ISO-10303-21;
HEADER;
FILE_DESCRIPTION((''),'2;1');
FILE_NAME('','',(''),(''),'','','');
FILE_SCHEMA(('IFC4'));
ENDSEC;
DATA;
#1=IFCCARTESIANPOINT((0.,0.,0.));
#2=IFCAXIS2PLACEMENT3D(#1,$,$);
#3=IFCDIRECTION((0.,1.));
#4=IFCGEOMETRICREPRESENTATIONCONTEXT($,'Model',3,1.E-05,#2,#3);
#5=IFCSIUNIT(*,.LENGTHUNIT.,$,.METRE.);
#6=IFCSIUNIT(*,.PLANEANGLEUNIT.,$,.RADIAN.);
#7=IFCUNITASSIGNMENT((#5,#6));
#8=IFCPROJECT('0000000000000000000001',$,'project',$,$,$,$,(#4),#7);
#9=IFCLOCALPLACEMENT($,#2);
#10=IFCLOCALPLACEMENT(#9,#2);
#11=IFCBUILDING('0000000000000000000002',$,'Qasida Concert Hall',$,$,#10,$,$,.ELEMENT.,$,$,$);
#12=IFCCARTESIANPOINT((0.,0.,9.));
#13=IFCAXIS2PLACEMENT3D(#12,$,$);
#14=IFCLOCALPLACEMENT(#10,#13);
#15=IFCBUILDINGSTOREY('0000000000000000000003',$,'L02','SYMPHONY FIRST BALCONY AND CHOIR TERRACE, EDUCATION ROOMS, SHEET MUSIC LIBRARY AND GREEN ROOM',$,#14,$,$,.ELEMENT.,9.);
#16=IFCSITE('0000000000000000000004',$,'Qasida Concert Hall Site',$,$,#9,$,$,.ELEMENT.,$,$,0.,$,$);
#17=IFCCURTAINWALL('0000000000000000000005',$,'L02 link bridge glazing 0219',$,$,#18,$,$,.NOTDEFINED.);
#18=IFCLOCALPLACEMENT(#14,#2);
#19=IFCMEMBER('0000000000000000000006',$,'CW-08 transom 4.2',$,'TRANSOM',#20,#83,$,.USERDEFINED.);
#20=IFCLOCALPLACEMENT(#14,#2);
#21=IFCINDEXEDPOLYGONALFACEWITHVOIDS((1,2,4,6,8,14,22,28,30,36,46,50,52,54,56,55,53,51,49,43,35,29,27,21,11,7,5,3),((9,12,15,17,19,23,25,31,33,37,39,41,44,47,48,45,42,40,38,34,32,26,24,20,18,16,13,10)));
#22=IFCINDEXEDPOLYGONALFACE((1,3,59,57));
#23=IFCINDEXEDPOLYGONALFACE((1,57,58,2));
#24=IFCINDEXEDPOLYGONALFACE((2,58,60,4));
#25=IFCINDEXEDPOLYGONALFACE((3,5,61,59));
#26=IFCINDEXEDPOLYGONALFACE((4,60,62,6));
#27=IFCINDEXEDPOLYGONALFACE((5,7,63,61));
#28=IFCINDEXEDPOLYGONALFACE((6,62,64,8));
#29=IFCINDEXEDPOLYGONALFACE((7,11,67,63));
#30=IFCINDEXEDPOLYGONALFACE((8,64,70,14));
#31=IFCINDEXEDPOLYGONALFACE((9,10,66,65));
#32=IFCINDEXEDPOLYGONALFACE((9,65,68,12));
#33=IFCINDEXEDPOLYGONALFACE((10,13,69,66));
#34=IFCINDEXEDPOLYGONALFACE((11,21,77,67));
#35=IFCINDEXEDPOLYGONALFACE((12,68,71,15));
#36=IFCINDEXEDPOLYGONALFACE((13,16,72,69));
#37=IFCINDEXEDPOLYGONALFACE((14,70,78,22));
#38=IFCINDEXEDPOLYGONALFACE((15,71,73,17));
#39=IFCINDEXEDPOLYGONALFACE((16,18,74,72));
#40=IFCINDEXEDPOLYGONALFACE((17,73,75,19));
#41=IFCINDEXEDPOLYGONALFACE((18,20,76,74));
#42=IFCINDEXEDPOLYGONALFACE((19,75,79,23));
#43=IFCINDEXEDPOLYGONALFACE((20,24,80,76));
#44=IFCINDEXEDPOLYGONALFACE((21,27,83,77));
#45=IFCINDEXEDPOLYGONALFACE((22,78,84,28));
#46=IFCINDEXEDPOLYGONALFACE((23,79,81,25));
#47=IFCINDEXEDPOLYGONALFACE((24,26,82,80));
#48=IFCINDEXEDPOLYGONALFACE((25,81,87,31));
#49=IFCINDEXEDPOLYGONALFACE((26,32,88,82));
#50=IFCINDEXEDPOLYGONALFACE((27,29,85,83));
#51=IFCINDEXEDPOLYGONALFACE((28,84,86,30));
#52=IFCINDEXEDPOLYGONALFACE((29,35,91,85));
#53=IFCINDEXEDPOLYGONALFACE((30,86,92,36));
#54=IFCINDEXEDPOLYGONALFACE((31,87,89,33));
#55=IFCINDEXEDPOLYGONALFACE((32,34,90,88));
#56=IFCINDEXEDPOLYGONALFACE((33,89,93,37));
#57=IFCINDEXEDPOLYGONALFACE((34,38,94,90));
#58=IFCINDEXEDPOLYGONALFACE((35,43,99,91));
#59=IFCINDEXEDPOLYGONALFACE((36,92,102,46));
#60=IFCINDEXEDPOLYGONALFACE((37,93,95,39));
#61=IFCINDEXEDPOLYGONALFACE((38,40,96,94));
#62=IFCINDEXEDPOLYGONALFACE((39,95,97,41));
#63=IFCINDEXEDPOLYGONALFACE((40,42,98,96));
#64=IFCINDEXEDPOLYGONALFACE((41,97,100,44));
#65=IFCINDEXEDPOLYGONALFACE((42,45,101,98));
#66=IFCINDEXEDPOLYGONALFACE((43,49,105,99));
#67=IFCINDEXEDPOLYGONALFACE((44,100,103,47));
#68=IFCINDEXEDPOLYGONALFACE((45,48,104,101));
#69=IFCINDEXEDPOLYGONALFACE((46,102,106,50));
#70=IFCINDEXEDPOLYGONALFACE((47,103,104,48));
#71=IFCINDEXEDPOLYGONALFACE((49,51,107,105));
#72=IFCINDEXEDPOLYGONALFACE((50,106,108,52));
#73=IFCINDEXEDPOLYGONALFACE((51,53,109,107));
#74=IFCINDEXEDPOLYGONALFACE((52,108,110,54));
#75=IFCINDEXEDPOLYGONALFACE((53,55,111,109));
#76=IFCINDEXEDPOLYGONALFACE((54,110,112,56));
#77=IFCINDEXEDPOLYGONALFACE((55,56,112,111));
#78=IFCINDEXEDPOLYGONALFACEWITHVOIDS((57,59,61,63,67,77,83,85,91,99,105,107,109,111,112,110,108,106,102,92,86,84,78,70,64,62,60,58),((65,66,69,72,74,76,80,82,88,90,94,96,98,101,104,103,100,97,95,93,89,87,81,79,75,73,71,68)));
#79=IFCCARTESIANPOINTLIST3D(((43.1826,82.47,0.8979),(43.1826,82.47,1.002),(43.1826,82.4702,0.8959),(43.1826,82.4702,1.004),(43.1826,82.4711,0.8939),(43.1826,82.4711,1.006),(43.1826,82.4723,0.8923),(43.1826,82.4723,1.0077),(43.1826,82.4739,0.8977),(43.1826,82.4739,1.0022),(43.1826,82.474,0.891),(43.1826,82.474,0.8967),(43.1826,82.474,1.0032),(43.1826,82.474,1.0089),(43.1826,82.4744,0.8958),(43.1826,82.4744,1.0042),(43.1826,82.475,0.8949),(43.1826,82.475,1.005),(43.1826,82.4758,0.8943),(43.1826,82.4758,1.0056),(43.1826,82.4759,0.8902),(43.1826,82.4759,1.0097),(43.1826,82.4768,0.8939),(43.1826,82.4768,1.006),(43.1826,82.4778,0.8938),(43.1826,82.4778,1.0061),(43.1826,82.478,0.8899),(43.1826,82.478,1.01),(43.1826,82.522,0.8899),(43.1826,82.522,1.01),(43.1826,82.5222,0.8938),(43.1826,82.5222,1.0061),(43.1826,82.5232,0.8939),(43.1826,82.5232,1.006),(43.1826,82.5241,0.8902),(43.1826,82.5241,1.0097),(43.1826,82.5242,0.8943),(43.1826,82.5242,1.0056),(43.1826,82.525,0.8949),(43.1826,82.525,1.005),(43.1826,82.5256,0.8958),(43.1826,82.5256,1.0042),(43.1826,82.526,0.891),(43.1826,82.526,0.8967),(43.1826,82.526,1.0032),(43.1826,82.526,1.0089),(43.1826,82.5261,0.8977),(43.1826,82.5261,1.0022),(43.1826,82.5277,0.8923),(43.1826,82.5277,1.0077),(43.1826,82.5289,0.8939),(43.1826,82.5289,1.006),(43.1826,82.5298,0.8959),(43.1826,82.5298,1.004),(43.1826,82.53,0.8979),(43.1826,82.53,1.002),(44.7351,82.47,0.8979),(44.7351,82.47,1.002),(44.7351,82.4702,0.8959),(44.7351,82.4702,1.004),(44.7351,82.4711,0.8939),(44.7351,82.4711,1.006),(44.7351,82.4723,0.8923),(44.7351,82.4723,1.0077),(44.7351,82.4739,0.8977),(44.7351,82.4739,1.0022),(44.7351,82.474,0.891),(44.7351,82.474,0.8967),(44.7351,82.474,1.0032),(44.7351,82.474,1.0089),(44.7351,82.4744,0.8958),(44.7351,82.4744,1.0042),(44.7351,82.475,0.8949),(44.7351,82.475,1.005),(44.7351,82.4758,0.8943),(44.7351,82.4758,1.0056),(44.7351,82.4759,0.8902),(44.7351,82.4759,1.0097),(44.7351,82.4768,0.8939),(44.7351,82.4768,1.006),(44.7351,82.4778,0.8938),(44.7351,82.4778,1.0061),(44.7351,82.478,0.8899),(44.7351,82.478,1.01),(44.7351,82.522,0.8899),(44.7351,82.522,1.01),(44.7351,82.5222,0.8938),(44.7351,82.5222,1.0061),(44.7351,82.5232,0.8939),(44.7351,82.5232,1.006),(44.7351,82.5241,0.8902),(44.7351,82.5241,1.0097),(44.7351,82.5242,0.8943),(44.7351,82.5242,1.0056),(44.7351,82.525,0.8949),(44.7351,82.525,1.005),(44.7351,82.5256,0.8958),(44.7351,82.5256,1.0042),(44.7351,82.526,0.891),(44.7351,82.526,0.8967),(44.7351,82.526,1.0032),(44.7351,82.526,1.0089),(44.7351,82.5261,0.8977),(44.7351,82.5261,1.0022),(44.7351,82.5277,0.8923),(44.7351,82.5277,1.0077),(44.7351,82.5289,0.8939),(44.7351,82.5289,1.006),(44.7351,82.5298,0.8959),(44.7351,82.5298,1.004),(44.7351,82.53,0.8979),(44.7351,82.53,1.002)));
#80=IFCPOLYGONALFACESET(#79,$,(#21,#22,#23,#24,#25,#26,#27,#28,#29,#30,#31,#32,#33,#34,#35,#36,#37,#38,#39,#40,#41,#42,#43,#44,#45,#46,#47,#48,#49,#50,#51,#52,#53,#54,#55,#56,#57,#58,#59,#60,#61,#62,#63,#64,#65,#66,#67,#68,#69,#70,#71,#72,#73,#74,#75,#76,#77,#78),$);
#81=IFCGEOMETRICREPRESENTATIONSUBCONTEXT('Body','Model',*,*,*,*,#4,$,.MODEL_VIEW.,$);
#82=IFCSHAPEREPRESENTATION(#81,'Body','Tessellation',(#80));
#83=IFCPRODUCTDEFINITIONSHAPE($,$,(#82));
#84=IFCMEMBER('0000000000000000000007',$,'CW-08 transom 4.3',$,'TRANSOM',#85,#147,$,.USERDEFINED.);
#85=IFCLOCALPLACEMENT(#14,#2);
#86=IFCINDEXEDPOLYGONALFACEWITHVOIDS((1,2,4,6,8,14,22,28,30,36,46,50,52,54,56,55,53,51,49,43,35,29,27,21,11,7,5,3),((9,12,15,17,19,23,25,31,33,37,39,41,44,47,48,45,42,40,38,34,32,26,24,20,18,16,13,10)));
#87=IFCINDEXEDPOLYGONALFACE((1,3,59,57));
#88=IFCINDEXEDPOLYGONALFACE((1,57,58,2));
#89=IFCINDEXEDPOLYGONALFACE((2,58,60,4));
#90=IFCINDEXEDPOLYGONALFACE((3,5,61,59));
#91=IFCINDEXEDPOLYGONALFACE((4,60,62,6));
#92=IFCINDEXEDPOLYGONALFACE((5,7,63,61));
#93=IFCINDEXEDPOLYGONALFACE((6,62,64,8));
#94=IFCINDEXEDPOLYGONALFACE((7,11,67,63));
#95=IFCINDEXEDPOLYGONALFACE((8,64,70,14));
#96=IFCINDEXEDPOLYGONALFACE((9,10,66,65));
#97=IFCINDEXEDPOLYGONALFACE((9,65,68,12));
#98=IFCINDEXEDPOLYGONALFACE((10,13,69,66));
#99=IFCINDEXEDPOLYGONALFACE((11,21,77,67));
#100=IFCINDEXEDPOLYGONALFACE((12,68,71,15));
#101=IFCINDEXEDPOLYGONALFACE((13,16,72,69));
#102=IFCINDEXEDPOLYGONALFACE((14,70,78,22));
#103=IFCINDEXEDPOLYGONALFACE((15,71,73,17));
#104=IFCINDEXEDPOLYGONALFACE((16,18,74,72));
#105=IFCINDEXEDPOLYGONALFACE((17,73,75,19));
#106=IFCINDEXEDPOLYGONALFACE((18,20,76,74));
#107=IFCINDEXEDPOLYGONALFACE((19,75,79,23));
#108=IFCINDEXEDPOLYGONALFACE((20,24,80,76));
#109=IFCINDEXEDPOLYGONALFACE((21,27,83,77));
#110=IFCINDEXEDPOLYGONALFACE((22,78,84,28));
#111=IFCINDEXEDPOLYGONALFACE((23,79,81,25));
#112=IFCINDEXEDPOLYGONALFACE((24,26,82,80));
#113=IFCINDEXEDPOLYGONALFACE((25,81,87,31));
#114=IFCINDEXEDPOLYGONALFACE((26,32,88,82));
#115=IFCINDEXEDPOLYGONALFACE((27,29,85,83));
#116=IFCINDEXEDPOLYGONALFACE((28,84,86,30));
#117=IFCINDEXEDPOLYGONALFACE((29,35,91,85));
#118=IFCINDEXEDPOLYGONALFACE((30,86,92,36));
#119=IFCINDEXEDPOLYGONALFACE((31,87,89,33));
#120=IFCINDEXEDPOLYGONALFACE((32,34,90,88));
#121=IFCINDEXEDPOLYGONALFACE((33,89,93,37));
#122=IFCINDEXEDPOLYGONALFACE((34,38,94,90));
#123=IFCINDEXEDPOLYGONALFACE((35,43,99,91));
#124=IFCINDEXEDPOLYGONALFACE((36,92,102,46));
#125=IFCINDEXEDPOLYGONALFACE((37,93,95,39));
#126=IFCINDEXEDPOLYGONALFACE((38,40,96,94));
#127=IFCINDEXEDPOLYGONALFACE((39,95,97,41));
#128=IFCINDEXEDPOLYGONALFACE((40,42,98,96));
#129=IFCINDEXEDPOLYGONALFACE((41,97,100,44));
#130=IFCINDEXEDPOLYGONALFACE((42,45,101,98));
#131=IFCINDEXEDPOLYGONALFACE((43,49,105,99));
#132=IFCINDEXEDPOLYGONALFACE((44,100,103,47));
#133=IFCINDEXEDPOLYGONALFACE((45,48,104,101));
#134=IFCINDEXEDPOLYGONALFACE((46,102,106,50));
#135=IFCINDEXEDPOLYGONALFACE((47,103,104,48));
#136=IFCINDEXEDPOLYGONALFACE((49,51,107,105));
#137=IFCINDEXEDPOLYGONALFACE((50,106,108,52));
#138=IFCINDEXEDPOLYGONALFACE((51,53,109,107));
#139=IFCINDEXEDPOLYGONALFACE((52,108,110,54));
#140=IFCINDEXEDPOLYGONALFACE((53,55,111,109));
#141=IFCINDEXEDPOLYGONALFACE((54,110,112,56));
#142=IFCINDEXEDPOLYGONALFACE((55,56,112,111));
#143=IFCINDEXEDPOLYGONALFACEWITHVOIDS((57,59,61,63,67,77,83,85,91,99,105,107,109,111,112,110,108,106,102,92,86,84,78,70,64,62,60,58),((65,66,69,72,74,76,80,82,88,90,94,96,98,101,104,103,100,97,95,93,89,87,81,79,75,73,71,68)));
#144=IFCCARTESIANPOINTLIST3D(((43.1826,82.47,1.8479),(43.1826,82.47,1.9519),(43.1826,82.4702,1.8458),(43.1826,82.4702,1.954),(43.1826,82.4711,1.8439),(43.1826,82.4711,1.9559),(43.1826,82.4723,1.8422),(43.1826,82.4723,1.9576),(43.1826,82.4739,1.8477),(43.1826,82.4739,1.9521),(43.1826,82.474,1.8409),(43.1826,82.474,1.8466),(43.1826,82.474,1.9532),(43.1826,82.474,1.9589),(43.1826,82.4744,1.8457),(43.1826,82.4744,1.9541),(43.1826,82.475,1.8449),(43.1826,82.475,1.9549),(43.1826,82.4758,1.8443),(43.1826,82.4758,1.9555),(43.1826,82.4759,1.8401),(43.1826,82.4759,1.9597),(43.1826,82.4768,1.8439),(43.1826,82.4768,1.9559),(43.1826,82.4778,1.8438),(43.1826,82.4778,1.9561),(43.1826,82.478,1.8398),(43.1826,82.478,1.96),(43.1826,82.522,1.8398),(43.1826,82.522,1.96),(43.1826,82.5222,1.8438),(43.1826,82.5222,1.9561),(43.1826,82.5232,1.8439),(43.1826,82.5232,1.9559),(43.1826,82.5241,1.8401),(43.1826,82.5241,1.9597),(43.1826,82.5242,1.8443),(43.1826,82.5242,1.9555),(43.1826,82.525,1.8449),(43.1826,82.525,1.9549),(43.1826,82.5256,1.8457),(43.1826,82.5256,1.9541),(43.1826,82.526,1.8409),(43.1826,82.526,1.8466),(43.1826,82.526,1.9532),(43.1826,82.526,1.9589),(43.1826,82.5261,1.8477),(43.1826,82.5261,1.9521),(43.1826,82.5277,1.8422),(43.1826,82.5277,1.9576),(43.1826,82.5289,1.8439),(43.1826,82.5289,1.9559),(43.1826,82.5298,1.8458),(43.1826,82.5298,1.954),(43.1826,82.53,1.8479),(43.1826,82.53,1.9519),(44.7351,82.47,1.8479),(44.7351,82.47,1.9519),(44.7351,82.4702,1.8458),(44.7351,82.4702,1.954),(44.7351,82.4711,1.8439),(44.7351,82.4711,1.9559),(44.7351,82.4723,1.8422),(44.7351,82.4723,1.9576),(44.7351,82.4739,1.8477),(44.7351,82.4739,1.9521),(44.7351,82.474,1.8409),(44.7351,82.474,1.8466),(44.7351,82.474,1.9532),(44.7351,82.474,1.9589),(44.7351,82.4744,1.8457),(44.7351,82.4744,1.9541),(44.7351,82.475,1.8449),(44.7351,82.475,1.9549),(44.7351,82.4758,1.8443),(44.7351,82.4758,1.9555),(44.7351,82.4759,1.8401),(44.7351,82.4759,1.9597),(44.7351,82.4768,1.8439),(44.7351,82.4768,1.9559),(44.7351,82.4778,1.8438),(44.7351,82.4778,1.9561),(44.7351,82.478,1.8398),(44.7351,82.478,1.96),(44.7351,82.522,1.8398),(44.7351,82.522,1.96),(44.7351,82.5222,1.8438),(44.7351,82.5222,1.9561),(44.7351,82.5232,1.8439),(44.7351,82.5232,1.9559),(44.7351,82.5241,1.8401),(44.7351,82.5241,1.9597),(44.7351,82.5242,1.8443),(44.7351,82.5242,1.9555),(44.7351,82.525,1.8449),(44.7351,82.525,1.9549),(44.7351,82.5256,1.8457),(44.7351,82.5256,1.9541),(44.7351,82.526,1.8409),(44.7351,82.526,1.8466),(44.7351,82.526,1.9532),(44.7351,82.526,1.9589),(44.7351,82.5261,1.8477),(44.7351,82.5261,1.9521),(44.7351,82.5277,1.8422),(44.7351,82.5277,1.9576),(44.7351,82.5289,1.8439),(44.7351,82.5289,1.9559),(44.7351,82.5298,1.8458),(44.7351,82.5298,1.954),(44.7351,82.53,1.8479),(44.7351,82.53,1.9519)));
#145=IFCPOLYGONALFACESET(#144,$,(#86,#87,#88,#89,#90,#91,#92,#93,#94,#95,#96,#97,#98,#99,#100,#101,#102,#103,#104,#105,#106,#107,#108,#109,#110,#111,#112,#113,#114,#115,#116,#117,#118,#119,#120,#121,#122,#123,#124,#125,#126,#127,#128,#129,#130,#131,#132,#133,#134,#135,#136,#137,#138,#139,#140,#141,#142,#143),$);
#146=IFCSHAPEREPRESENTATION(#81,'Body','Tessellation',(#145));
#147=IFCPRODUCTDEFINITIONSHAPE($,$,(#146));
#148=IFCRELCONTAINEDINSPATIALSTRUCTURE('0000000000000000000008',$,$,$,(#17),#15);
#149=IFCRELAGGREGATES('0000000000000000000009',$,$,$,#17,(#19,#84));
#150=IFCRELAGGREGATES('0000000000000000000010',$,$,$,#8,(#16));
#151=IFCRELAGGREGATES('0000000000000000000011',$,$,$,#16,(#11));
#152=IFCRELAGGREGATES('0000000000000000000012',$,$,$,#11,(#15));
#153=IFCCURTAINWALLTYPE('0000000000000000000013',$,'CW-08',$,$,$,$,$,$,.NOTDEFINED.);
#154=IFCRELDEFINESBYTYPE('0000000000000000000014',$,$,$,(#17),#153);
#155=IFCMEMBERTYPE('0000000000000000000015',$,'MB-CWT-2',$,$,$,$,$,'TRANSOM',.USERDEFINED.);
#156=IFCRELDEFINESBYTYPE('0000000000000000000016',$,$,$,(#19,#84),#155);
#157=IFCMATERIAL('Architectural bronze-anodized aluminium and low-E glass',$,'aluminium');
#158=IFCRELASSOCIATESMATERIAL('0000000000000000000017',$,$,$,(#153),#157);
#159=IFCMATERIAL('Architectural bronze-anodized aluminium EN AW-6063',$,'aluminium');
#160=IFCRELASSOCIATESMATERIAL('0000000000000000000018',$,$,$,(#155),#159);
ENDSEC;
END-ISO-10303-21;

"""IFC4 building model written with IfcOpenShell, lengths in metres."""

from ifc_helpers import new_model, si_unit, direction, frame, origin, origin_2d, place, context, subcontext, project, spatial, hollow_rectangle, extrude, material, material_profile, profile_set, type_object, element, aggregate, save


model = new_model("IFC4")

# Units and contexts
model_context = context("Model", 3, precision=1e-05, world=origin(), true_north=direction((0.0, 1.0)))
body_context = subcontext(model_context, "Body", "Model", "MODEL_VIEW")
ifc_project = project(units=[si_unit("LENGTHUNIT", "METRE"), si_unit("PLANEANGLEUNIT", "RADIAN")], contexts=[model_context])

# Site, building, storey
site_placement = place(None, origin())
site = spatial("IfcSite", under=ifc_project, at=site_placement, Name="Qasida Concert Hall Site", CompositionType="ELEMENT", RefElevation=0.0)
building_placement = place(site_placement, origin())
building = spatial("IfcBuilding", under=site, at=building_placement, Name="Qasida Concert Hall", CompositionType="ELEMENT")
storey_placement = place(building_placement, frame((0.0, 0.0, 9.0)))
storey = spatial("IfcBuildingStorey", under=building, at=storey_placement, Name="L02", Description="SYMPHONY FIRST BALCONY AND CHOIR TERRACE, EDUCATION ROOMS, SHEET MUSIC LIBRARY AND GREEN ROOM", CompositionType="ELEMENT", Elevation=9.0)

# Curtain wall
ifc_material_1 = material(Name="Architectural bronze-anodized aluminium and low-E glass", Category="aluminium")
curtain_wall_type = type_object("IfcCurtainWallType", Name="CW-08", PredefinedType="NOTDEFINED", material=ifc_material_1)
curtain_wall_1_placement = place(storey_placement, origin())
curtain_wall_1 = element("IfcCurtainWall", 1, at=curtain_wall_1_placement, inside=storey, type_object=curtain_wall_type, Name="L02 link bridge glazing 0219", PredefinedType="NOTDEFINED")
ifc_material_2 = material(Name="Architectural bronze-anodized aluminium EN AW-6063", Category="aluminium")

# Members
ifc_material_profile_1 = material_profile(ifc_material_2, hollow_rectangle(XDim=0.0601, YDim=0.1201, WallThickness=0.0039, InnerFilletRadius=0.0039, OuterFilletRadius=0.0081, at=origin_2d()), Name="CWT 120x60x4")
ifc_profile_set_1 = profile_set([ifc_material_profile_1], Name="Architectural bronze-anodized aluminium EN AW-6063")
member_type_1 = type_object("IfcMemberType", Name="MB-CWT-2", ElementType="TRANSOM", PredefinedType="USERDEFINED", material=ifc_profile_set_1)
member_1_placement = place(storey_placement, frame((43.1826, 82.5, 0.95), z_axis=(1.0, 0.0, 0.0), x_axis=(0.0, 1.0, 0.0)))
member_1 = element("IfcMember", 2, at=member_1_placement, type_object=member_type_1, Name="CW-08 transom 4.2", ObjectType="TRANSOM", PredefinedType="USERDEFINED", context=body_context, shape_type="SweptSolid", body=[
    extrude(hollow_rectangle(XDim=0.0601, YDim=0.1201, WallThickness=0.0039, InnerFilletRadius=0.0039, OuterFilletRadius=0.0081, at=origin_2d()), origin(), (0.0, 0.0, 1.0), 1.5525),
])
member_2_placement = place(storey_placement, frame((43.1826, 82.5, 1.8999), z_axis=(1.0, 0.0, 0.0), x_axis=(0.0, 1.0, 0.0)))
member_2 = element("IfcMember", 3, at=member_2_placement, type_object=member_type_1, Name="CW-08 transom 4.3", ObjectType="TRANSOM", PredefinedType="USERDEFINED", context=body_context, shape_type="SweptSolid", body=[
    extrude(hollow_rectangle(XDim=0.0601, YDim=0.1201, WallThickness=0.0039, InnerFilletRadius=0.0039, OuterFilletRadius=0.0081, at=origin_2d()), origin(), (0.0, 0.0, 1.0), 1.5525),
])

aggregate(curtain_wall_1, [member_1, member_2])

save(model, "model.ifc")
